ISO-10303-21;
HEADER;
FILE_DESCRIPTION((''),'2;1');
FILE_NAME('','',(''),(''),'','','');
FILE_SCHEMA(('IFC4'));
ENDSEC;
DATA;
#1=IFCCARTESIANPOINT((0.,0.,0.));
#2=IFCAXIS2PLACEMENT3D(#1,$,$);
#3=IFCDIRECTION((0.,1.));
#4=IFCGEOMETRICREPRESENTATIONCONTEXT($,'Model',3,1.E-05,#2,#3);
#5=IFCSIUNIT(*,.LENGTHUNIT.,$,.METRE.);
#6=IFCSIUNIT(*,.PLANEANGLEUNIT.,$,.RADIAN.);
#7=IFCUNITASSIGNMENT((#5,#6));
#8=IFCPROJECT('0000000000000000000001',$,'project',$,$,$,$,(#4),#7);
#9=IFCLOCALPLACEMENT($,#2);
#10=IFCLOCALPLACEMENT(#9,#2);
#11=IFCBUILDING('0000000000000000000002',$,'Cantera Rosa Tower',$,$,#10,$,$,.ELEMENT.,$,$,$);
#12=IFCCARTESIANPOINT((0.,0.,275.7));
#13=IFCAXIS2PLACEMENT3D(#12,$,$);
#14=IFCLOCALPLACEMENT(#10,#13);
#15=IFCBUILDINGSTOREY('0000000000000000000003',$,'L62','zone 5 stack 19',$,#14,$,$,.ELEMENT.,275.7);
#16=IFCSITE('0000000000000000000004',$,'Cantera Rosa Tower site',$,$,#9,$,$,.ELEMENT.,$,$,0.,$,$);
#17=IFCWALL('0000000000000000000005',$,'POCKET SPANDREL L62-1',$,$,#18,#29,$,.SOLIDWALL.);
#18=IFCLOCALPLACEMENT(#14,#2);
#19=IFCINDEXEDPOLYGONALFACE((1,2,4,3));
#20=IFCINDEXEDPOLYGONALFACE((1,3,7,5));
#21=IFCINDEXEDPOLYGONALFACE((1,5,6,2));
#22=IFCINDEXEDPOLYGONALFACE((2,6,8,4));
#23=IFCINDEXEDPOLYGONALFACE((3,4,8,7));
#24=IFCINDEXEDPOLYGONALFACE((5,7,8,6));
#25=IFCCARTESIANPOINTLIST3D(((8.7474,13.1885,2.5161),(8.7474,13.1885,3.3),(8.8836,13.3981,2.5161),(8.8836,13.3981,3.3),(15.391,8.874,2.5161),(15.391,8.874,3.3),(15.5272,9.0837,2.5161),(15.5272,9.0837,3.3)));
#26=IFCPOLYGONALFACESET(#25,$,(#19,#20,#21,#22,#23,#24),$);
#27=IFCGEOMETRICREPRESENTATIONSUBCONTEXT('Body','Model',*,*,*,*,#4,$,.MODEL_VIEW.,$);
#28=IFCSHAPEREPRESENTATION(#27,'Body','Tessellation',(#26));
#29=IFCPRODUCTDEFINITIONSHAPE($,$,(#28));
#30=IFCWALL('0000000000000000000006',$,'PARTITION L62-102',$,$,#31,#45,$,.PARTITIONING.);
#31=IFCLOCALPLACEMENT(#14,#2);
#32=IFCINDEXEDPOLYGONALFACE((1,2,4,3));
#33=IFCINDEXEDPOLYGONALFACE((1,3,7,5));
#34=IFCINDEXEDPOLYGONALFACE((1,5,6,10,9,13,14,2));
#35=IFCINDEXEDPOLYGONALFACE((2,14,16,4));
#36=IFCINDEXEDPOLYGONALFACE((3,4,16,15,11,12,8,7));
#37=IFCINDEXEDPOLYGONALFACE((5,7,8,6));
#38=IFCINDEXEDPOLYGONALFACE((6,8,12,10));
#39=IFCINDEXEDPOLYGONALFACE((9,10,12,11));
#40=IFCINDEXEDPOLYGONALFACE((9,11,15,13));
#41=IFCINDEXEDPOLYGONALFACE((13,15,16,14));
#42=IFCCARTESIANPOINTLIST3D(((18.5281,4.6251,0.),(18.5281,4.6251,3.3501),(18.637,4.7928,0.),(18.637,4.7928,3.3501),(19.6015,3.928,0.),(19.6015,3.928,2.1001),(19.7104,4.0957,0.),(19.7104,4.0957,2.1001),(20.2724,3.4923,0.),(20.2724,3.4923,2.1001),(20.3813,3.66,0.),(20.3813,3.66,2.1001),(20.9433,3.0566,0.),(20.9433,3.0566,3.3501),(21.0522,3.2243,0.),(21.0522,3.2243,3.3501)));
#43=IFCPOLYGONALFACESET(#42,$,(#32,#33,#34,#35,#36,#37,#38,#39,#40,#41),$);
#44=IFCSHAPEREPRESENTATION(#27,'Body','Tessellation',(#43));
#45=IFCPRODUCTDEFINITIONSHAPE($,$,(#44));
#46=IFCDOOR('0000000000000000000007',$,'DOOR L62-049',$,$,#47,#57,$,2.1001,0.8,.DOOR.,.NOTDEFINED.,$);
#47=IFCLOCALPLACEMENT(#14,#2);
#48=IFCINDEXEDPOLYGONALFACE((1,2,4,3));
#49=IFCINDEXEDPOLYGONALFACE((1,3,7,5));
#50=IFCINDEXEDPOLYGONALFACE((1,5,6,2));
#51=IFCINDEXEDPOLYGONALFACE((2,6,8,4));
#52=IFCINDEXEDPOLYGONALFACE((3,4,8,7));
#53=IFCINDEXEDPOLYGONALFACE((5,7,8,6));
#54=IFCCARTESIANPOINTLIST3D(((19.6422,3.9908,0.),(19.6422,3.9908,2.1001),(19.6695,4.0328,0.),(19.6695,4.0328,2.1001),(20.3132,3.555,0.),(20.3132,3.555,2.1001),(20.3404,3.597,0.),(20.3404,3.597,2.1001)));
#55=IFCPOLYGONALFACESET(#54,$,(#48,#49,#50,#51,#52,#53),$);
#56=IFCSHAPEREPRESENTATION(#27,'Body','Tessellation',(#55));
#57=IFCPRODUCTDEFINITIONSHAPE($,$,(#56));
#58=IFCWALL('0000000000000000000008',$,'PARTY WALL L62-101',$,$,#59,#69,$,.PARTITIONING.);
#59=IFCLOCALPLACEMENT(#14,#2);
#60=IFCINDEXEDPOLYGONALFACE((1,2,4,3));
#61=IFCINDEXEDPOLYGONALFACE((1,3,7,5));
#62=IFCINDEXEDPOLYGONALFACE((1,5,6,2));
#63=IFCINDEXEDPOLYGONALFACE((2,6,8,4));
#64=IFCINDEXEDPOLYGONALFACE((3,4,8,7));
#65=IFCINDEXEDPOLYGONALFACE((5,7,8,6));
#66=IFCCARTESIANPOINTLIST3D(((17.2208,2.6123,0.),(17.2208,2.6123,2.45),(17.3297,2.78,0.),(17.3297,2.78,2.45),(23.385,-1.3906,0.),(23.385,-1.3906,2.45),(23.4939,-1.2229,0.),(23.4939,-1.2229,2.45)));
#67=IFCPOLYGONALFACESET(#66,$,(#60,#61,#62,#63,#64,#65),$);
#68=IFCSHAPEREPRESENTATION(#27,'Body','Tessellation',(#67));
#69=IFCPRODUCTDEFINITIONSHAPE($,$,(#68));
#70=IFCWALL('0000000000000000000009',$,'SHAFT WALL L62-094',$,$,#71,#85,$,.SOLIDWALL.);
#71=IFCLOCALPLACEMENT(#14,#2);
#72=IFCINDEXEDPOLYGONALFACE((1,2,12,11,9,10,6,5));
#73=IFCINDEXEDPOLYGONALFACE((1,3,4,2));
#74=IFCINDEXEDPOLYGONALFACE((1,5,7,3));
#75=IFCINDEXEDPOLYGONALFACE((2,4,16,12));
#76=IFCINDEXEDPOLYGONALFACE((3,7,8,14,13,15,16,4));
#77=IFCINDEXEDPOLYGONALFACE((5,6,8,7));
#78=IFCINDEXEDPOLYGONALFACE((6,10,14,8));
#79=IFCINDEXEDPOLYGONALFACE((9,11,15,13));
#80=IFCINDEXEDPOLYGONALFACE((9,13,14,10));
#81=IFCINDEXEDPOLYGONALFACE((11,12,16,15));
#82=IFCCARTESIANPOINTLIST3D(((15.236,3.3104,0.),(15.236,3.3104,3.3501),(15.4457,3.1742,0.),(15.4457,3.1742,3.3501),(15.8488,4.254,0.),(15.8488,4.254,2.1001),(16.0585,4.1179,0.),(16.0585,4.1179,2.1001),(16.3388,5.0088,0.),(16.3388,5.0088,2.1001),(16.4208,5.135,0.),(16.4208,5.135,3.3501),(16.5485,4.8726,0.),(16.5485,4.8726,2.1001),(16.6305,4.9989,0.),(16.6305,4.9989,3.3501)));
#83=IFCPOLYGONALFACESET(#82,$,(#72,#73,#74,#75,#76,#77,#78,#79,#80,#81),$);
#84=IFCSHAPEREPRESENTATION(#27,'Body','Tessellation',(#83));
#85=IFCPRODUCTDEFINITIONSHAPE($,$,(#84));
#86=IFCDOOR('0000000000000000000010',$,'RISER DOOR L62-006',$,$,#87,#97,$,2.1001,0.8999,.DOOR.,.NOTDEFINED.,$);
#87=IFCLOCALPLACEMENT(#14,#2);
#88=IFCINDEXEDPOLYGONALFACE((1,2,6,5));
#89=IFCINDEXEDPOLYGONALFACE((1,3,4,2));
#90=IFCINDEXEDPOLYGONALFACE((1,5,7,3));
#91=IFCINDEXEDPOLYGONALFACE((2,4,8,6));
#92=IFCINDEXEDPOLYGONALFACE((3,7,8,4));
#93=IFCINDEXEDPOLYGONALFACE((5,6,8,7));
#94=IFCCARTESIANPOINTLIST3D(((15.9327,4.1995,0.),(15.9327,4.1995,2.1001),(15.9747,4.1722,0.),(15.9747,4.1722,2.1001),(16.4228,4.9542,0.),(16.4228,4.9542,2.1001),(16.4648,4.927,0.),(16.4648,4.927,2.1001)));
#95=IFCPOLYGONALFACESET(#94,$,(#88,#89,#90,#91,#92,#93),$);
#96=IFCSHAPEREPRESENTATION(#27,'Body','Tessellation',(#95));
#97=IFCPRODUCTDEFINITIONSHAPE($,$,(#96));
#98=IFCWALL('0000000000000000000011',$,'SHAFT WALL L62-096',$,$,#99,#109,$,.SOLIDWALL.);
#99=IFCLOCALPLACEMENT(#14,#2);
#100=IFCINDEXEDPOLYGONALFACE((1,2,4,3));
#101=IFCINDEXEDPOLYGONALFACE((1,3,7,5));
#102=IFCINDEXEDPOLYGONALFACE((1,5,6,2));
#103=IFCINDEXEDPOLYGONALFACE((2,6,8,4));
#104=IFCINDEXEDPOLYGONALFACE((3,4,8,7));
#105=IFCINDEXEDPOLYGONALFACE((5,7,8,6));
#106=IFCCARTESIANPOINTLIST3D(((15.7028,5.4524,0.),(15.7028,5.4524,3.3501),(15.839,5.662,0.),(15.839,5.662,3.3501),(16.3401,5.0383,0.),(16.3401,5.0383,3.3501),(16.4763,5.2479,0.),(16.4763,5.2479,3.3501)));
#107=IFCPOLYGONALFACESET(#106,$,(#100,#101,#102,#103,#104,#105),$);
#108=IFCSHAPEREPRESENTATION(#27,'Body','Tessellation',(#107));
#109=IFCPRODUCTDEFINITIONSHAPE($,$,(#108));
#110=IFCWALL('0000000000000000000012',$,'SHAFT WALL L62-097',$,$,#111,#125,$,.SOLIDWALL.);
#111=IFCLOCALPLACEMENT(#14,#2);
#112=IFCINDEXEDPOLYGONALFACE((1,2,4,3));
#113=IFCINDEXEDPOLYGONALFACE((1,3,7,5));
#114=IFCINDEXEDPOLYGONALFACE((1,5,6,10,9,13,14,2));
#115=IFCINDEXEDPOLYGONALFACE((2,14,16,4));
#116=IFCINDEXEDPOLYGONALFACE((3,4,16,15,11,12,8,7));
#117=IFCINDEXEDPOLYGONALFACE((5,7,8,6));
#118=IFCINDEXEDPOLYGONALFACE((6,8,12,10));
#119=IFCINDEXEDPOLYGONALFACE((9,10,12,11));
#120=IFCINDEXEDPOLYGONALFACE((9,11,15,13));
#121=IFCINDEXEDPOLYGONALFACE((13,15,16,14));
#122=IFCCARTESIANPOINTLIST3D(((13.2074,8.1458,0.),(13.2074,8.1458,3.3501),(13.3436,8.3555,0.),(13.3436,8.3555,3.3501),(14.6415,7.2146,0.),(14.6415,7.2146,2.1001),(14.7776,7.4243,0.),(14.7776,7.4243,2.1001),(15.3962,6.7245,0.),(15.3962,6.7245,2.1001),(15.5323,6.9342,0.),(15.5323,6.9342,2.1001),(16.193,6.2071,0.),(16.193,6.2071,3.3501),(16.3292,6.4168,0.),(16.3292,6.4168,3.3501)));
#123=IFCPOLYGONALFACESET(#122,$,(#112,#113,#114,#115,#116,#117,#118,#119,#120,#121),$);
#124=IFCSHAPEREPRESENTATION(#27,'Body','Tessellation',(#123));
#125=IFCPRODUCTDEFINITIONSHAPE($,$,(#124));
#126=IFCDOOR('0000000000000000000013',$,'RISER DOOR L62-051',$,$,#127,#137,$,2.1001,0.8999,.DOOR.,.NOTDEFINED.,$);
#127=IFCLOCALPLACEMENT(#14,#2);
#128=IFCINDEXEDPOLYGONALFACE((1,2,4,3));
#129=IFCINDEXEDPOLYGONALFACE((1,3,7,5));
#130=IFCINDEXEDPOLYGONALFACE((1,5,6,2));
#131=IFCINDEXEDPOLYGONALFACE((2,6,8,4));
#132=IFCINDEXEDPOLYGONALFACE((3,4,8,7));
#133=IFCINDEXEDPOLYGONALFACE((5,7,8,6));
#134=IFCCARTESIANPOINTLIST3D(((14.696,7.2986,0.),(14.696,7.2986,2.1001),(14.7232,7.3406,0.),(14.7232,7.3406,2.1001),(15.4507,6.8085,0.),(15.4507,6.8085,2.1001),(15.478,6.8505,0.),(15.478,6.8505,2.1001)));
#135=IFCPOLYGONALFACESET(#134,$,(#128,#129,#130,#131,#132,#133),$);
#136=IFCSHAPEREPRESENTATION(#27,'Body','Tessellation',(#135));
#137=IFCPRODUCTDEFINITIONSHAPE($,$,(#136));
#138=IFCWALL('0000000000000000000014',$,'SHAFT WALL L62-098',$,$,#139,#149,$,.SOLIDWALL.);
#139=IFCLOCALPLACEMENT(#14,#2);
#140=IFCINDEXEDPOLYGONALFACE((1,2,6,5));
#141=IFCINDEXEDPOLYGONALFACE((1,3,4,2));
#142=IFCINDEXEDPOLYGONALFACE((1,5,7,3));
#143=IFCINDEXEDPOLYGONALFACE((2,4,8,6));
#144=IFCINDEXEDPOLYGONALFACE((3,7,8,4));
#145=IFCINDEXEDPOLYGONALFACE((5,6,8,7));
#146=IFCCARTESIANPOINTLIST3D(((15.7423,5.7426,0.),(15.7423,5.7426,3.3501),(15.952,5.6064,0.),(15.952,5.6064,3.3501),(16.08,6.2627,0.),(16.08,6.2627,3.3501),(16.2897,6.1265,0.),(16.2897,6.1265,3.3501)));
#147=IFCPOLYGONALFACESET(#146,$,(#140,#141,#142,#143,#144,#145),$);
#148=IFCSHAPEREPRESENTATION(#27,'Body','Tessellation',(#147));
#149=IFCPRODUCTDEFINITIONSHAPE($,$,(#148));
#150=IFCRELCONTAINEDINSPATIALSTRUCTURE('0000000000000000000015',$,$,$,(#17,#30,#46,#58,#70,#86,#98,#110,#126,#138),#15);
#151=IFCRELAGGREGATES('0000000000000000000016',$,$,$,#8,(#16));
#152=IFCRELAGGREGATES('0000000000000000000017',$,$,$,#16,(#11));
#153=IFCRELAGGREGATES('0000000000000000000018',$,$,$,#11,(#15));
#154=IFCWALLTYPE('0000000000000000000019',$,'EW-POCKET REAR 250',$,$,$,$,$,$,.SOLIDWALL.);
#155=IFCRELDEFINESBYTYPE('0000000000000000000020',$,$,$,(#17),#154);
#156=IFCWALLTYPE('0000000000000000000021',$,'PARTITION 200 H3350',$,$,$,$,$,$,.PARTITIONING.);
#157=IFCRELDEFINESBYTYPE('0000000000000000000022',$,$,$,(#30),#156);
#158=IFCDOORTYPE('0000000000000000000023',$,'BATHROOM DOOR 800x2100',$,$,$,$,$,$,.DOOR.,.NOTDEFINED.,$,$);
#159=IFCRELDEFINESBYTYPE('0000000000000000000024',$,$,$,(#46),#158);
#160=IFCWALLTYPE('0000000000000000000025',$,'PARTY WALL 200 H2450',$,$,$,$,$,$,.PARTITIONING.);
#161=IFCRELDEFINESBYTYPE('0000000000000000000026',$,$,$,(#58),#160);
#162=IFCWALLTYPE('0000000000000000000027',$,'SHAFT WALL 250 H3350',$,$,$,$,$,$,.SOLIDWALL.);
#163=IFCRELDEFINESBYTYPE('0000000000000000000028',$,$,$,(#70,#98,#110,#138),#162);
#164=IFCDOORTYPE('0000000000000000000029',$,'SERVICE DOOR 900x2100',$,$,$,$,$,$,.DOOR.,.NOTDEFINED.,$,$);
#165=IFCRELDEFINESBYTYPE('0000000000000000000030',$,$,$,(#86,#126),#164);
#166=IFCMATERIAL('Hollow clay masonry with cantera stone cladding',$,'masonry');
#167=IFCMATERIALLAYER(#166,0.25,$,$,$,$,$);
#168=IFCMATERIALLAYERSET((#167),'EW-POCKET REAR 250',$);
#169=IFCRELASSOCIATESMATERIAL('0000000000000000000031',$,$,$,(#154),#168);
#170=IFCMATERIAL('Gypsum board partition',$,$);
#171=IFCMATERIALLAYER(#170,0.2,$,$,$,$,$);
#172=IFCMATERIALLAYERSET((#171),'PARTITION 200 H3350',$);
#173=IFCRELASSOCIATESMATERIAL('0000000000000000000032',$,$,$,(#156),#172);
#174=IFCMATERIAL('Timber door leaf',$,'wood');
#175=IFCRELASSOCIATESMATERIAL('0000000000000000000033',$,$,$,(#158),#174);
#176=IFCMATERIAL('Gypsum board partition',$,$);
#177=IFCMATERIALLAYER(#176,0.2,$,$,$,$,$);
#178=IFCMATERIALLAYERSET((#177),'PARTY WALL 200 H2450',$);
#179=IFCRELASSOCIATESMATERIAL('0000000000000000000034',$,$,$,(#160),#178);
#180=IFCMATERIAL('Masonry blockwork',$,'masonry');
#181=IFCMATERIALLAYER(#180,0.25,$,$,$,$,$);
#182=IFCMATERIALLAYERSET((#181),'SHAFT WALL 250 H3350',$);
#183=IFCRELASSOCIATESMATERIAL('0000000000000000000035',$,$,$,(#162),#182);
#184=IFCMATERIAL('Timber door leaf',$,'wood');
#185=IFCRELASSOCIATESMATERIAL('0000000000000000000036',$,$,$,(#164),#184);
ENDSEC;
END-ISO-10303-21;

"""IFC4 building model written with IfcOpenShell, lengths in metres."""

from ifc_helpers import new_model, si_unit, direction, frame, frame_2d, origin, place, context, subcontext, project, spatial, rectangle, extrude, material, layer, layer_set, type_object, element, fill, save


model = new_model("IFC4")

# Units and contexts
model_context = context("Model", 3, precision=1e-05, world=origin(), true_north=direction((0.0, 1.0)))
body_context = subcontext(model_context, "Body", "Model", "MODEL_VIEW")
ifc_project = project(units=[si_unit("LENGTHUNIT", "METRE"), si_unit("PLANEANGLEUNIT", "RADIAN")], contexts=[model_context])

# Site, building, storey
site_placement = place(None, origin())
site = spatial("IfcSite", under=ifc_project, at=site_placement, Name="Cantera Rosa Tower site", CompositionType="ELEMENT", RefElevation=0.0)
building_placement = place(site_placement, origin())
building = spatial("IfcBuilding", under=site, at=building_placement, Name="Cantera Rosa Tower", CompositionType="ELEMENT")
storey_placement = place(building_placement, frame((0.0, 0.0, 275.7)))
storey = spatial("IfcBuildingStorey", under=building, at=storey_placement, Name="L62", Description="zone 5 stack 19", CompositionType="ELEMENT", Elevation=275.7)

# Wall
ifc_material_1 = material(Name="Hollow clay masonry with cantera stone cladding", Category="masonry")
ifc_layer_1 = layer(ifc_material_1, 0.25)
ifc_layer_set_1 = layer_set([ifc_layer_1], Name="EW-POCKET REAR 250")
wall_type_1 = type_object("IfcWallType", Name="EW-POCKET REAR 250", PredefinedType="SOLIDWALL", material=ifc_layer_set_1)
wall_1_placement = place(storey_placement, frame((15.4592, 8.9788, 2.5161), z_axis=(0.0, 0.0, 1.0), x_axis=(-0.838666, 0.544646, 0.0)))
element("IfcWall", 1, at=wall_1_placement, inside=storey, type_object=wall_type_1, Name="POCKET SPANDREL L62-1", PredefinedType="SOLIDWALL", context=body_context, shape_type="SweptSolid", body=[
    extrude(rectangle(XDim=7.9216, YDim=0.25, at=frame_2d((3.9609, 0.0))), origin(), (0.0, 0.0, 1.0), 0.7839),
])

# Wall, opening, door
ifc_material_2 = material(Name="Gypsum board partition")
ifc_layer_2 = layer(ifc_material_2, 0.2)
ifc_layer_set_2 = layer_set([ifc_layer_2], Name="PARTITION 200 H3350")
wall_type_2 = type_object("IfcWallType", Name="PARTITION 200 H3350", PredefinedType="PARTITIONING", material=ifc_layer_set_2)
wall_2_placement = place(storey_placement, frame((18.5825, 4.709, 0.0), z_axis=(0.0, 0.0, 1.0), x_axis=(0.838655, -0.544664, 0.0)))
wall_2 = element("IfcWall", 2, at=wall_2_placement, inside=storey, type_object=wall_type_2, Name="PARTITION L62-102", PredefinedType="PARTITIONING", context=body_context, shape_type="SweptSolid", body=[
    extrude(rectangle(XDim=2.8799, YDim=0.2, at=frame_2d((1.4399, 0.0))), origin(), (0.0, 0.0, 1.0), 3.3501),
])
opening_1_placement = place(wall_2_placement, frame((1.28, 0.0, 0.0)))
opening_1 = element("IfcOpeningElement", 3, at=opening_1_placement, cuts=wall_2, PredefinedType="OPENING", context=body_context, shape_type="SweptSolid", body=[
    extrude(rectangle(XDim=0.8, YDim=2.1001, at=frame_2d((0.3999, 1.05))), frame((0.0, 0.1099, 0.0), z_axis=(0.0, -1.0, 0.0), x_axis=(1.0, 0.0, 0.0)), (0.0, 0.0, 1.0), 0.22),
])
ifc_material_3 = material(Name="Timber door leaf", Category="wood")
door_type_1 = type_object("IfcDoorType", Name="BATHROOM DOOR 800x2100", OperationType="NOTDEFINED", PredefinedType="DOOR", material=ifc_material_3)
door_1_placement = place(opening_1_placement, origin())
door_1 = element("IfcDoor", 4, at=door_1_placement, inside=storey, type_object=door_type_1, Name="DOOR L62-049", OperationType="NOTDEFINED", OverallHeight=2.1001, OverallWidth=0.8, PredefinedType="DOOR", context=body_context, shape_type="SweptSolid", body=[
    extrude(rectangle(XDim=0.8, YDim=2.1001, at=frame_2d((0.3999, 1.05))), frame((0.0, 0.0249, 0.0), z_axis=(0.0, -1.0, 0.0), x_axis=(1.0, 0.0, 0.0)), (0.0, 0.0, 1.0), 0.05),
])
fill(opening_1, door_1)

# Wall
ifc_material_4 = material(Name="Gypsum board partition")
ifc_layer_3 = layer(ifc_material_4, 0.2)
ifc_layer_set_3 = layer_set([ifc_layer_3], Name="PARTY WALL 200 H2450")
wall_type_3 = type_object("IfcWallType", Name="PARTY WALL 200 H2450", PredefinedType="PARTITIONING", material=ifc_layer_set_3)
wall_3_placement = place(storey_placement, frame((17.2754, 2.696, 0.0), z_axis=(0.0, 0.0, 1.0), x_axis=(0.838684, -0.544618, 0.0)))
element("IfcWall", 5, at=wall_3_placement, inside=storey, type_object=wall_type_3, Name="PARTY WALL L62-101", PredefinedType="PARTITIONING", context=body_context, shape_type="SweptSolid", body=[
    extrude(rectangle(XDim=7.3499, YDim=0.2, at=frame_2d((3.6748, 0.0))), origin(), (0.0, 0.0, 1.0), 2.45),
])

# Wall, opening, door
ifc_material_5 = material(Name="Masonry blockwork", Category="masonry")
ifc_layer_4 = layer(ifc_material_5, 0.25)
ifc_layer_set_4 = layer_set([ifc_layer_4], Name="SHAFT WALL 250 H3350")
wall_type_4 = type_object("IfcWallType", Name="SHAFT WALL 250 H3350", PredefinedType="SOLIDWALL", material=ifc_layer_set_4)
wall_4_placement = place(storey_placement, frame((15.3408, 3.2422, 0.0), z_axis=(0.0, 0.0, 1.0), x_axis=(0.544586, 0.838705, 0.0)))
wall_4 = element("IfcWall", 6, at=wall_4_placement, inside=storey, type_object=wall_type_4, Name="SHAFT WALL L62-094", PredefinedType="SOLIDWALL", context=body_context, shape_type="SweptSolid", body=[
    extrude(rectangle(XDim=2.1755, YDim=0.25, at=frame_2d((1.0879, 0.0))), origin(), (0.0, 0.0, 1.0), 3.3501),
])
opening_2_placement = place(wall_4_placement, frame((1.1252, 0.0, 0.0)))
opening_2 = element("IfcOpeningElement", 7, at=opening_2_placement, cuts=wall_4, PredefinedType="OPENING", context=body_context, shape_type="SweptSolid", body=[
    extrude(rectangle(XDim=0.8999, YDim=2.1001, at=frame_2d((0.45, 1.05))), frame((0.0, 0.135, 0.0), z_axis=(0.0, -1.0, 0.0), x_axis=(1.0, 0.0, 0.0)), (0.0, 0.0, 1.0), 0.27),
])
ifc_material_6 = material(Name="Timber door leaf", Category="wood")
door_type_2 = type_object("IfcDoorType", Name="SERVICE DOOR 900x2100", OperationType="NOTDEFINED", PredefinedType="DOOR", material=ifc_material_6)
door_2_placement = place(opening_2_placement, origin())
door_2 = element("IfcDoor", 8, at=door_2_placement, inside=storey, type_object=door_type_2, Name="RISER DOOR L62-006", OperationType="NOTDEFINED", OverallHeight=2.1001, OverallWidth=0.8999, PredefinedType="DOOR", context=body_context, shape_type="SweptSolid", body=[
    extrude(rectangle(XDim=0.8999, YDim=2.1001, at=frame_2d((0.45, 1.05))), frame((0.0, 0.0249, 0.0), z_axis=(0.0, -1.0, 0.0), x_axis=(1.0, 0.0, 0.0)), (0.0, 0.0, 1.0), 0.05),
])
fill(opening_2, door_2)

# Wall
wall_5_placement = place(storey_placement, frame((15.771, 5.5571, 0.0), z_axis=(0.0, 0.0, 1.0), x_axis=(0.838517, -0.544875, 0.0)))
element("IfcWall", 9, at=wall_5_placement, inside=storey, type_object=wall_type_4, Name="SHAFT WALL L62-096", PredefinedType="SOLIDWALL", context=body_context, shape_type="SweptSolid", body=[
    extrude(rectangle(XDim=0.76, YDim=0.25, at=frame_2d((0.3799, 0.0))), origin(), (0.0, 0.0, 1.0), 3.3501),
])

# Wall, opening, door
wall_6_placement = place(storey_placement, frame((16.261, 6.312, 0.0), z_axis=(0.0, 0.0, 1.0), x_axis=(-0.83869, 0.54461, 0.0)))
wall_6 = element("IfcWall", 10, at=wall_6_placement, inside=storey, type_object=wall_type_4, Name="SHAFT WALL L62-097", PredefinedType="SOLIDWALL", context=body_context, shape_type="SweptSolid", body=[
    extrude(rectangle(XDim=3.5598, YDim=0.25, at=frame_2d((1.7798, 0.0))), origin(), (0.0, 0.0, 1.0), 3.3501),
])
opening_3_placement = place(wall_6_placement, frame((0.95, 0.0, 0.0)))
opening_3 = element("IfcOpeningElement", 11, at=opening_3_placement, cuts=wall_6, PredefinedType="OPENING", context=body_context, shape_type="SweptSolid", body=[
    extrude(rectangle(XDim=0.8999, YDim=2.1001, at=frame_2d((0.45, 1.05))), frame((0.0, 0.135, 0.0), z_axis=(0.0, -1.0, 0.0), x_axis=(1.0, 0.0, 0.0)), (0.0, 0.0, 1.0), 0.27),
])
door_3_placement = place(opening_3_placement, origin())
door_3 = element("IfcDoor", 12, at=door_3_placement, inside=storey, type_object=door_type_2, Name="RISER DOOR L62-051", OperationType="NOTDEFINED", OverallHeight=2.1001, OverallWidth=0.8999, PredefinedType="DOOR", context=body_context, shape_type="SweptSolid", body=[
    extrude(rectangle(XDim=0.8999, YDim=2.1001, at=frame_2d((0.45, 1.05))), frame((0.0, 0.0249, 0.0), z_axis=(0.0, -1.0, 0.0), x_axis=(1.0, 0.0, 0.0)), (0.0, 0.0, 1.0), 0.05),
])
fill(opening_3, door_3)

# Wall
wall_7_placement = place(storey_placement, frame((16.1848, 6.1946, 0.0), z_axis=(0.0, 0.0, 1.0), x_axis=(-0.544573, -0.838713, 0.0)))
element("IfcWall", 13, at=wall_7_placement, inside=storey, type_object=wall_type_4, Name="SHAFT WALL L62-098", PredefinedType="SOLIDWALL", context=body_context, shape_type="SweptSolid", body=[
    extrude(rectangle(XDim=0.6201, YDim=0.25, at=frame_2d((0.3101, 0.0))), origin(), (0.0, 0.0, 1.0), 3.3501),
])

save(model, "model.ifc")
